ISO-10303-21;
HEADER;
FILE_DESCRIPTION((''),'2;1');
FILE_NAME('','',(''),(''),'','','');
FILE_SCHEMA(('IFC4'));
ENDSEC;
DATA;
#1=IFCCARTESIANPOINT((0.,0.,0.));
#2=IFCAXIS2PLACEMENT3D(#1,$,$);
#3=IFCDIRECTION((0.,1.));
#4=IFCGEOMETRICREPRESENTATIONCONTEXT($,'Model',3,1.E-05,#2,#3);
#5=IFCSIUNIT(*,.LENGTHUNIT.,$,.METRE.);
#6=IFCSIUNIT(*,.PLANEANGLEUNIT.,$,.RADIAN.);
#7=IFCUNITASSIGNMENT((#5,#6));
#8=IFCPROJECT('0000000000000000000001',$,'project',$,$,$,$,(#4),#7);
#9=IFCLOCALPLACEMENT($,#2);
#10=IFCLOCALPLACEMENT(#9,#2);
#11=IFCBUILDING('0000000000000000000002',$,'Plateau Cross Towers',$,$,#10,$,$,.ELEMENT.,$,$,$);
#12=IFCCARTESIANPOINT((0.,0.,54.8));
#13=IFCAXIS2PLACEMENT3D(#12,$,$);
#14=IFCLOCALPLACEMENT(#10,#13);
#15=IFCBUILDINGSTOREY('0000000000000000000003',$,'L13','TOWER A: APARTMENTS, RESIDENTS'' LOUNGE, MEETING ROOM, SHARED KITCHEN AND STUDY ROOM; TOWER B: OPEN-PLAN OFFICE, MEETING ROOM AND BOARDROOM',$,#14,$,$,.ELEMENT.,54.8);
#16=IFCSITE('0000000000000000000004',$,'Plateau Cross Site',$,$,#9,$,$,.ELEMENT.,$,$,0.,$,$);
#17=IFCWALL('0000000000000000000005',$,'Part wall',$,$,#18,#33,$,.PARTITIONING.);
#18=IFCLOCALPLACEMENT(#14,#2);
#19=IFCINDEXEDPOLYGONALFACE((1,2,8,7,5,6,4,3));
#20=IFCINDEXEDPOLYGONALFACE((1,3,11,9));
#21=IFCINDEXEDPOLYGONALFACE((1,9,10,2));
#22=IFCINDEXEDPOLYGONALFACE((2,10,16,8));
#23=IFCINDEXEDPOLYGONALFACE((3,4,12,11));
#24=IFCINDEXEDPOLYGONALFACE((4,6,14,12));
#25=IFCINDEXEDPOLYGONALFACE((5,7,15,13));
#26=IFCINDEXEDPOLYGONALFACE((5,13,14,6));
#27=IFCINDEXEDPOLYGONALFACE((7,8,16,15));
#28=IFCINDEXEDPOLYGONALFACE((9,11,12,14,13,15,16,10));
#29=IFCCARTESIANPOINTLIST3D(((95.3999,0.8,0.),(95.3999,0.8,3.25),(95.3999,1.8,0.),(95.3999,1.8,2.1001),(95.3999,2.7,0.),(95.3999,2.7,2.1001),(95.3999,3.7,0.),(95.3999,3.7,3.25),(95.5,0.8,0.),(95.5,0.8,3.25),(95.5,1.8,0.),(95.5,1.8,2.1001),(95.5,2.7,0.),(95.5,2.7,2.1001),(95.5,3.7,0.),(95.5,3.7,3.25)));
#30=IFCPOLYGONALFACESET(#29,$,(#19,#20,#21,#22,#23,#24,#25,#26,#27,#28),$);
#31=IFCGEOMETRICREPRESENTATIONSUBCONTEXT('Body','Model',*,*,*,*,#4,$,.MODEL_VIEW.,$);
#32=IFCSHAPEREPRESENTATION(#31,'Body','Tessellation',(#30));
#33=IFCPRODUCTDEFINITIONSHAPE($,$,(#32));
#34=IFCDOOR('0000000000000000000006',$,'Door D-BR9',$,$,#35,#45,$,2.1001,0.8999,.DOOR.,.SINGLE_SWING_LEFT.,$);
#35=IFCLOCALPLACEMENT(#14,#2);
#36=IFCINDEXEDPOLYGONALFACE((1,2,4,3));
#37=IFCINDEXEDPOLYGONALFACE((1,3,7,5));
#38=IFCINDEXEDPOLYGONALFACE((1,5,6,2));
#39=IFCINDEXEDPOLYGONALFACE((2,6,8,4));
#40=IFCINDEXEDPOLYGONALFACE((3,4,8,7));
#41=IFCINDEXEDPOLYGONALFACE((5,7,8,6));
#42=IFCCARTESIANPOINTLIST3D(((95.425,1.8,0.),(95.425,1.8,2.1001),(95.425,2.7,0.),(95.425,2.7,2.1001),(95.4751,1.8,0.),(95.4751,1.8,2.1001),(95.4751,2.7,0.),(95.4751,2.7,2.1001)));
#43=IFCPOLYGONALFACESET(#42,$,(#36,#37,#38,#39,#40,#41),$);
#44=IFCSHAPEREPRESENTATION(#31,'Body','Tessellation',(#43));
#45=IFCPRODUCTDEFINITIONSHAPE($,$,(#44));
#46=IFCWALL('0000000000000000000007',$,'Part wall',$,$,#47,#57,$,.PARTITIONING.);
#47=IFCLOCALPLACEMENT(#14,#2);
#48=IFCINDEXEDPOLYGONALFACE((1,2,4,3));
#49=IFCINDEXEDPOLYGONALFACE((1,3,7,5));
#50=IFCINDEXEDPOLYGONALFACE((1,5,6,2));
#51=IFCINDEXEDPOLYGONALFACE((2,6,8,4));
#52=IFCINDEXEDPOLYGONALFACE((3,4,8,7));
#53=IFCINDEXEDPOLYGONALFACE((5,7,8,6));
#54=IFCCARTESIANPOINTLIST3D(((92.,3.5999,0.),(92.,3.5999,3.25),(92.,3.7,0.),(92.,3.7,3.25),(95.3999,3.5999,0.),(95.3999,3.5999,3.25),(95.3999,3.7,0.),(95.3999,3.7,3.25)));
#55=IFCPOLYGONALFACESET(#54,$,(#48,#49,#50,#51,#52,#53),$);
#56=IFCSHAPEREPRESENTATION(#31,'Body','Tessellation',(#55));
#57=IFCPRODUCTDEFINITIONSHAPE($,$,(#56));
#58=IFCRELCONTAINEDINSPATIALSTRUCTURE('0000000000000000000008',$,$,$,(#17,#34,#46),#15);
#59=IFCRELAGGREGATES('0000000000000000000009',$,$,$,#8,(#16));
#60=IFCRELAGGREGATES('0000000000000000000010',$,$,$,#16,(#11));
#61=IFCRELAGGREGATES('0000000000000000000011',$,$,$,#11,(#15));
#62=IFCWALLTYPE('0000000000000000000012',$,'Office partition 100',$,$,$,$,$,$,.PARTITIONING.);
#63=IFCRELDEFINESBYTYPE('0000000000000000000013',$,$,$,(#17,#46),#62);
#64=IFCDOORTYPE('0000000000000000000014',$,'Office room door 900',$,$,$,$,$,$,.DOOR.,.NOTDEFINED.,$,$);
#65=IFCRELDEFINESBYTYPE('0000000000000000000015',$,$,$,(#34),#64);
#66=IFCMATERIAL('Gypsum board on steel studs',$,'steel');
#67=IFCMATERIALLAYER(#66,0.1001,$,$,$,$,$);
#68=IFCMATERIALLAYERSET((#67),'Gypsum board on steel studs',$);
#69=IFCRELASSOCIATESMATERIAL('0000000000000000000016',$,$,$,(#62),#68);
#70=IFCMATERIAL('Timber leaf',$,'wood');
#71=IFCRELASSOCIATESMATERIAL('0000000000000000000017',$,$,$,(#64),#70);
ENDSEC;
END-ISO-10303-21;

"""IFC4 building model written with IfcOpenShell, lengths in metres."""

from ifc_helpers import new_model, si_unit, direction, frame, frame_2d, origin, place, context, subcontext, project, spatial, rectangle, extrude, material, layer, layer_set, type_object, element, fill, save


model = new_model("IFC4")

# Units and contexts
model_context = context("Model", 3, precision=1e-05, world=origin(), true_north=direction((0.0, 1.0)))
body_context = subcontext(model_context, "Body", "Model", "MODEL_VIEW")
ifc_project = project(units=[si_unit("LENGTHUNIT", "METRE"), si_unit("PLANEANGLEUNIT", "RADIAN")], contexts=[model_context])

# Site, building, storey
site_placement = place(None, origin())
site = spatial("IfcSite", under=ifc_project, at=site_placement, Name="Plateau Cross Site", CompositionType="ELEMENT", RefElevation=0.0)
building_placement = place(site_placement, origin())
building = spatial("IfcBuilding", under=site, at=building_placement, Name="Plateau Cross Towers", CompositionType="ELEMENT")
storey_placement = place(building_placement, frame((0.0, 0.0, 54.8)))
storey = spatial("IfcBuildingStorey", under=building, at=storey_placement, Name="L13", Description="TOWER A: APARTMENTS, RESIDENTS' LOUNGE, MEETING ROOM, SHARED KITCHEN AND STUDY ROOM; TOWER B: OPEN-PLAN OFFICE, MEETING ROOM AND BOARDROOM", CompositionType="ELEMENT", Elevation=54.8)

# Wall, opening, door
ifc_material_1 = material(Name="Gypsum board on steel studs", Category="steel")
ifc_layer_1 = layer(ifc_material_1, 0.1001)
ifc_layer_set_1 = layer_set([ifc_layer_1], Name="Gypsum board on steel studs")
wall_type_1 = type_object("IfcWallType", Name="Office partition 100", PredefinedType="PARTITIONING", material=ifc_layer_set_1)
wall_1_placement = place(storey_placement, frame((95.45, 0.8, 0.0), z_axis=(0.0, 0.0, 1.0), x_axis=(0.0, 1.0, 0.0)))
wall_1 = element("IfcWall", 1, at=wall_1_placement, inside=storey, type_object=wall_type_1, Name="Part wall", PredefinedType="PARTITIONING", context=body_context, shape_type="SweptSolid", body=[
    extrude(rectangle(XDim=2.8999, YDim=0.1001, at=frame_2d((1.45, 0.0))), origin(), (0.0, 0.0, 1.0), 3.25),
])
opening_1_placement = place(wall_1_placement, frame((1.0, 0.0, 0.0)))
opening_1 = element("IfcOpeningElement", 2, at=opening_1_placement, cuts=wall_1, PredefinedType="OPENING", context=body_context, shape_type="SweptSolid", body=[
    extrude(rectangle(XDim=0.8999, YDim=2.1001, at=frame_2d((0.45, 1.05))), frame((0.0, 0.0601, 0.0), z_axis=(0.0, -1.0, 0.0), x_axis=(1.0, 0.0, 0.0)), (0.0, 0.0, 1.0), 0.1201),
])
ifc_material_2 = material(Name="Timber leaf", Category="wood")
door_type_1 = type_object("IfcDoorType", Name="Office room door 900", OperationType="NOTDEFINED", PredefinedType="DOOR", material=ifc_material_2)
door_1_placement = place(opening_1_placement, origin())
door_1 = element("IfcDoor", 3, at=door_1_placement, inside=storey, type_object=door_type_1, Name="Door D-BR9", OperationType="SINGLE_SWING_LEFT", OverallHeight=2.1001, OverallWidth=0.8999, PredefinedType="DOOR", context=body_context, shape_type="SweptSolid", body=[
    extrude(rectangle(XDim=0.8999, YDim=2.1001, at=frame_2d((0.45, 1.05))), frame((0.0, 0.0249, 0.0), z_axis=(0.0, -1.0, 0.0), x_axis=(1.0, 0.0, 0.0)), (0.0, 0.0, 1.0), 0.05),
])
fill(opening_1, door_1)

# Wall
wall_2_placement = place(storey_placement, frame((92.0, 3.6499, 0.0), z_axis=(0.0, 0.0, 1.0), x_axis=(1.0, 0.0, 0.0)))
element("IfcWall", 4, at=wall_2_placement, inside=storey, type_object=wall_type_1, Name="Part wall", PredefinedType="PARTITIONING", context=body_context, shape_type="SweptSolid", body=[
    extrude(rectangle(XDim=3.3999, YDim=0.1001, at=frame_2d((1.7, 0.0))), origin(), (0.0, 0.0, 1.0), 3.25),
])

save(model, "model.ifc")
